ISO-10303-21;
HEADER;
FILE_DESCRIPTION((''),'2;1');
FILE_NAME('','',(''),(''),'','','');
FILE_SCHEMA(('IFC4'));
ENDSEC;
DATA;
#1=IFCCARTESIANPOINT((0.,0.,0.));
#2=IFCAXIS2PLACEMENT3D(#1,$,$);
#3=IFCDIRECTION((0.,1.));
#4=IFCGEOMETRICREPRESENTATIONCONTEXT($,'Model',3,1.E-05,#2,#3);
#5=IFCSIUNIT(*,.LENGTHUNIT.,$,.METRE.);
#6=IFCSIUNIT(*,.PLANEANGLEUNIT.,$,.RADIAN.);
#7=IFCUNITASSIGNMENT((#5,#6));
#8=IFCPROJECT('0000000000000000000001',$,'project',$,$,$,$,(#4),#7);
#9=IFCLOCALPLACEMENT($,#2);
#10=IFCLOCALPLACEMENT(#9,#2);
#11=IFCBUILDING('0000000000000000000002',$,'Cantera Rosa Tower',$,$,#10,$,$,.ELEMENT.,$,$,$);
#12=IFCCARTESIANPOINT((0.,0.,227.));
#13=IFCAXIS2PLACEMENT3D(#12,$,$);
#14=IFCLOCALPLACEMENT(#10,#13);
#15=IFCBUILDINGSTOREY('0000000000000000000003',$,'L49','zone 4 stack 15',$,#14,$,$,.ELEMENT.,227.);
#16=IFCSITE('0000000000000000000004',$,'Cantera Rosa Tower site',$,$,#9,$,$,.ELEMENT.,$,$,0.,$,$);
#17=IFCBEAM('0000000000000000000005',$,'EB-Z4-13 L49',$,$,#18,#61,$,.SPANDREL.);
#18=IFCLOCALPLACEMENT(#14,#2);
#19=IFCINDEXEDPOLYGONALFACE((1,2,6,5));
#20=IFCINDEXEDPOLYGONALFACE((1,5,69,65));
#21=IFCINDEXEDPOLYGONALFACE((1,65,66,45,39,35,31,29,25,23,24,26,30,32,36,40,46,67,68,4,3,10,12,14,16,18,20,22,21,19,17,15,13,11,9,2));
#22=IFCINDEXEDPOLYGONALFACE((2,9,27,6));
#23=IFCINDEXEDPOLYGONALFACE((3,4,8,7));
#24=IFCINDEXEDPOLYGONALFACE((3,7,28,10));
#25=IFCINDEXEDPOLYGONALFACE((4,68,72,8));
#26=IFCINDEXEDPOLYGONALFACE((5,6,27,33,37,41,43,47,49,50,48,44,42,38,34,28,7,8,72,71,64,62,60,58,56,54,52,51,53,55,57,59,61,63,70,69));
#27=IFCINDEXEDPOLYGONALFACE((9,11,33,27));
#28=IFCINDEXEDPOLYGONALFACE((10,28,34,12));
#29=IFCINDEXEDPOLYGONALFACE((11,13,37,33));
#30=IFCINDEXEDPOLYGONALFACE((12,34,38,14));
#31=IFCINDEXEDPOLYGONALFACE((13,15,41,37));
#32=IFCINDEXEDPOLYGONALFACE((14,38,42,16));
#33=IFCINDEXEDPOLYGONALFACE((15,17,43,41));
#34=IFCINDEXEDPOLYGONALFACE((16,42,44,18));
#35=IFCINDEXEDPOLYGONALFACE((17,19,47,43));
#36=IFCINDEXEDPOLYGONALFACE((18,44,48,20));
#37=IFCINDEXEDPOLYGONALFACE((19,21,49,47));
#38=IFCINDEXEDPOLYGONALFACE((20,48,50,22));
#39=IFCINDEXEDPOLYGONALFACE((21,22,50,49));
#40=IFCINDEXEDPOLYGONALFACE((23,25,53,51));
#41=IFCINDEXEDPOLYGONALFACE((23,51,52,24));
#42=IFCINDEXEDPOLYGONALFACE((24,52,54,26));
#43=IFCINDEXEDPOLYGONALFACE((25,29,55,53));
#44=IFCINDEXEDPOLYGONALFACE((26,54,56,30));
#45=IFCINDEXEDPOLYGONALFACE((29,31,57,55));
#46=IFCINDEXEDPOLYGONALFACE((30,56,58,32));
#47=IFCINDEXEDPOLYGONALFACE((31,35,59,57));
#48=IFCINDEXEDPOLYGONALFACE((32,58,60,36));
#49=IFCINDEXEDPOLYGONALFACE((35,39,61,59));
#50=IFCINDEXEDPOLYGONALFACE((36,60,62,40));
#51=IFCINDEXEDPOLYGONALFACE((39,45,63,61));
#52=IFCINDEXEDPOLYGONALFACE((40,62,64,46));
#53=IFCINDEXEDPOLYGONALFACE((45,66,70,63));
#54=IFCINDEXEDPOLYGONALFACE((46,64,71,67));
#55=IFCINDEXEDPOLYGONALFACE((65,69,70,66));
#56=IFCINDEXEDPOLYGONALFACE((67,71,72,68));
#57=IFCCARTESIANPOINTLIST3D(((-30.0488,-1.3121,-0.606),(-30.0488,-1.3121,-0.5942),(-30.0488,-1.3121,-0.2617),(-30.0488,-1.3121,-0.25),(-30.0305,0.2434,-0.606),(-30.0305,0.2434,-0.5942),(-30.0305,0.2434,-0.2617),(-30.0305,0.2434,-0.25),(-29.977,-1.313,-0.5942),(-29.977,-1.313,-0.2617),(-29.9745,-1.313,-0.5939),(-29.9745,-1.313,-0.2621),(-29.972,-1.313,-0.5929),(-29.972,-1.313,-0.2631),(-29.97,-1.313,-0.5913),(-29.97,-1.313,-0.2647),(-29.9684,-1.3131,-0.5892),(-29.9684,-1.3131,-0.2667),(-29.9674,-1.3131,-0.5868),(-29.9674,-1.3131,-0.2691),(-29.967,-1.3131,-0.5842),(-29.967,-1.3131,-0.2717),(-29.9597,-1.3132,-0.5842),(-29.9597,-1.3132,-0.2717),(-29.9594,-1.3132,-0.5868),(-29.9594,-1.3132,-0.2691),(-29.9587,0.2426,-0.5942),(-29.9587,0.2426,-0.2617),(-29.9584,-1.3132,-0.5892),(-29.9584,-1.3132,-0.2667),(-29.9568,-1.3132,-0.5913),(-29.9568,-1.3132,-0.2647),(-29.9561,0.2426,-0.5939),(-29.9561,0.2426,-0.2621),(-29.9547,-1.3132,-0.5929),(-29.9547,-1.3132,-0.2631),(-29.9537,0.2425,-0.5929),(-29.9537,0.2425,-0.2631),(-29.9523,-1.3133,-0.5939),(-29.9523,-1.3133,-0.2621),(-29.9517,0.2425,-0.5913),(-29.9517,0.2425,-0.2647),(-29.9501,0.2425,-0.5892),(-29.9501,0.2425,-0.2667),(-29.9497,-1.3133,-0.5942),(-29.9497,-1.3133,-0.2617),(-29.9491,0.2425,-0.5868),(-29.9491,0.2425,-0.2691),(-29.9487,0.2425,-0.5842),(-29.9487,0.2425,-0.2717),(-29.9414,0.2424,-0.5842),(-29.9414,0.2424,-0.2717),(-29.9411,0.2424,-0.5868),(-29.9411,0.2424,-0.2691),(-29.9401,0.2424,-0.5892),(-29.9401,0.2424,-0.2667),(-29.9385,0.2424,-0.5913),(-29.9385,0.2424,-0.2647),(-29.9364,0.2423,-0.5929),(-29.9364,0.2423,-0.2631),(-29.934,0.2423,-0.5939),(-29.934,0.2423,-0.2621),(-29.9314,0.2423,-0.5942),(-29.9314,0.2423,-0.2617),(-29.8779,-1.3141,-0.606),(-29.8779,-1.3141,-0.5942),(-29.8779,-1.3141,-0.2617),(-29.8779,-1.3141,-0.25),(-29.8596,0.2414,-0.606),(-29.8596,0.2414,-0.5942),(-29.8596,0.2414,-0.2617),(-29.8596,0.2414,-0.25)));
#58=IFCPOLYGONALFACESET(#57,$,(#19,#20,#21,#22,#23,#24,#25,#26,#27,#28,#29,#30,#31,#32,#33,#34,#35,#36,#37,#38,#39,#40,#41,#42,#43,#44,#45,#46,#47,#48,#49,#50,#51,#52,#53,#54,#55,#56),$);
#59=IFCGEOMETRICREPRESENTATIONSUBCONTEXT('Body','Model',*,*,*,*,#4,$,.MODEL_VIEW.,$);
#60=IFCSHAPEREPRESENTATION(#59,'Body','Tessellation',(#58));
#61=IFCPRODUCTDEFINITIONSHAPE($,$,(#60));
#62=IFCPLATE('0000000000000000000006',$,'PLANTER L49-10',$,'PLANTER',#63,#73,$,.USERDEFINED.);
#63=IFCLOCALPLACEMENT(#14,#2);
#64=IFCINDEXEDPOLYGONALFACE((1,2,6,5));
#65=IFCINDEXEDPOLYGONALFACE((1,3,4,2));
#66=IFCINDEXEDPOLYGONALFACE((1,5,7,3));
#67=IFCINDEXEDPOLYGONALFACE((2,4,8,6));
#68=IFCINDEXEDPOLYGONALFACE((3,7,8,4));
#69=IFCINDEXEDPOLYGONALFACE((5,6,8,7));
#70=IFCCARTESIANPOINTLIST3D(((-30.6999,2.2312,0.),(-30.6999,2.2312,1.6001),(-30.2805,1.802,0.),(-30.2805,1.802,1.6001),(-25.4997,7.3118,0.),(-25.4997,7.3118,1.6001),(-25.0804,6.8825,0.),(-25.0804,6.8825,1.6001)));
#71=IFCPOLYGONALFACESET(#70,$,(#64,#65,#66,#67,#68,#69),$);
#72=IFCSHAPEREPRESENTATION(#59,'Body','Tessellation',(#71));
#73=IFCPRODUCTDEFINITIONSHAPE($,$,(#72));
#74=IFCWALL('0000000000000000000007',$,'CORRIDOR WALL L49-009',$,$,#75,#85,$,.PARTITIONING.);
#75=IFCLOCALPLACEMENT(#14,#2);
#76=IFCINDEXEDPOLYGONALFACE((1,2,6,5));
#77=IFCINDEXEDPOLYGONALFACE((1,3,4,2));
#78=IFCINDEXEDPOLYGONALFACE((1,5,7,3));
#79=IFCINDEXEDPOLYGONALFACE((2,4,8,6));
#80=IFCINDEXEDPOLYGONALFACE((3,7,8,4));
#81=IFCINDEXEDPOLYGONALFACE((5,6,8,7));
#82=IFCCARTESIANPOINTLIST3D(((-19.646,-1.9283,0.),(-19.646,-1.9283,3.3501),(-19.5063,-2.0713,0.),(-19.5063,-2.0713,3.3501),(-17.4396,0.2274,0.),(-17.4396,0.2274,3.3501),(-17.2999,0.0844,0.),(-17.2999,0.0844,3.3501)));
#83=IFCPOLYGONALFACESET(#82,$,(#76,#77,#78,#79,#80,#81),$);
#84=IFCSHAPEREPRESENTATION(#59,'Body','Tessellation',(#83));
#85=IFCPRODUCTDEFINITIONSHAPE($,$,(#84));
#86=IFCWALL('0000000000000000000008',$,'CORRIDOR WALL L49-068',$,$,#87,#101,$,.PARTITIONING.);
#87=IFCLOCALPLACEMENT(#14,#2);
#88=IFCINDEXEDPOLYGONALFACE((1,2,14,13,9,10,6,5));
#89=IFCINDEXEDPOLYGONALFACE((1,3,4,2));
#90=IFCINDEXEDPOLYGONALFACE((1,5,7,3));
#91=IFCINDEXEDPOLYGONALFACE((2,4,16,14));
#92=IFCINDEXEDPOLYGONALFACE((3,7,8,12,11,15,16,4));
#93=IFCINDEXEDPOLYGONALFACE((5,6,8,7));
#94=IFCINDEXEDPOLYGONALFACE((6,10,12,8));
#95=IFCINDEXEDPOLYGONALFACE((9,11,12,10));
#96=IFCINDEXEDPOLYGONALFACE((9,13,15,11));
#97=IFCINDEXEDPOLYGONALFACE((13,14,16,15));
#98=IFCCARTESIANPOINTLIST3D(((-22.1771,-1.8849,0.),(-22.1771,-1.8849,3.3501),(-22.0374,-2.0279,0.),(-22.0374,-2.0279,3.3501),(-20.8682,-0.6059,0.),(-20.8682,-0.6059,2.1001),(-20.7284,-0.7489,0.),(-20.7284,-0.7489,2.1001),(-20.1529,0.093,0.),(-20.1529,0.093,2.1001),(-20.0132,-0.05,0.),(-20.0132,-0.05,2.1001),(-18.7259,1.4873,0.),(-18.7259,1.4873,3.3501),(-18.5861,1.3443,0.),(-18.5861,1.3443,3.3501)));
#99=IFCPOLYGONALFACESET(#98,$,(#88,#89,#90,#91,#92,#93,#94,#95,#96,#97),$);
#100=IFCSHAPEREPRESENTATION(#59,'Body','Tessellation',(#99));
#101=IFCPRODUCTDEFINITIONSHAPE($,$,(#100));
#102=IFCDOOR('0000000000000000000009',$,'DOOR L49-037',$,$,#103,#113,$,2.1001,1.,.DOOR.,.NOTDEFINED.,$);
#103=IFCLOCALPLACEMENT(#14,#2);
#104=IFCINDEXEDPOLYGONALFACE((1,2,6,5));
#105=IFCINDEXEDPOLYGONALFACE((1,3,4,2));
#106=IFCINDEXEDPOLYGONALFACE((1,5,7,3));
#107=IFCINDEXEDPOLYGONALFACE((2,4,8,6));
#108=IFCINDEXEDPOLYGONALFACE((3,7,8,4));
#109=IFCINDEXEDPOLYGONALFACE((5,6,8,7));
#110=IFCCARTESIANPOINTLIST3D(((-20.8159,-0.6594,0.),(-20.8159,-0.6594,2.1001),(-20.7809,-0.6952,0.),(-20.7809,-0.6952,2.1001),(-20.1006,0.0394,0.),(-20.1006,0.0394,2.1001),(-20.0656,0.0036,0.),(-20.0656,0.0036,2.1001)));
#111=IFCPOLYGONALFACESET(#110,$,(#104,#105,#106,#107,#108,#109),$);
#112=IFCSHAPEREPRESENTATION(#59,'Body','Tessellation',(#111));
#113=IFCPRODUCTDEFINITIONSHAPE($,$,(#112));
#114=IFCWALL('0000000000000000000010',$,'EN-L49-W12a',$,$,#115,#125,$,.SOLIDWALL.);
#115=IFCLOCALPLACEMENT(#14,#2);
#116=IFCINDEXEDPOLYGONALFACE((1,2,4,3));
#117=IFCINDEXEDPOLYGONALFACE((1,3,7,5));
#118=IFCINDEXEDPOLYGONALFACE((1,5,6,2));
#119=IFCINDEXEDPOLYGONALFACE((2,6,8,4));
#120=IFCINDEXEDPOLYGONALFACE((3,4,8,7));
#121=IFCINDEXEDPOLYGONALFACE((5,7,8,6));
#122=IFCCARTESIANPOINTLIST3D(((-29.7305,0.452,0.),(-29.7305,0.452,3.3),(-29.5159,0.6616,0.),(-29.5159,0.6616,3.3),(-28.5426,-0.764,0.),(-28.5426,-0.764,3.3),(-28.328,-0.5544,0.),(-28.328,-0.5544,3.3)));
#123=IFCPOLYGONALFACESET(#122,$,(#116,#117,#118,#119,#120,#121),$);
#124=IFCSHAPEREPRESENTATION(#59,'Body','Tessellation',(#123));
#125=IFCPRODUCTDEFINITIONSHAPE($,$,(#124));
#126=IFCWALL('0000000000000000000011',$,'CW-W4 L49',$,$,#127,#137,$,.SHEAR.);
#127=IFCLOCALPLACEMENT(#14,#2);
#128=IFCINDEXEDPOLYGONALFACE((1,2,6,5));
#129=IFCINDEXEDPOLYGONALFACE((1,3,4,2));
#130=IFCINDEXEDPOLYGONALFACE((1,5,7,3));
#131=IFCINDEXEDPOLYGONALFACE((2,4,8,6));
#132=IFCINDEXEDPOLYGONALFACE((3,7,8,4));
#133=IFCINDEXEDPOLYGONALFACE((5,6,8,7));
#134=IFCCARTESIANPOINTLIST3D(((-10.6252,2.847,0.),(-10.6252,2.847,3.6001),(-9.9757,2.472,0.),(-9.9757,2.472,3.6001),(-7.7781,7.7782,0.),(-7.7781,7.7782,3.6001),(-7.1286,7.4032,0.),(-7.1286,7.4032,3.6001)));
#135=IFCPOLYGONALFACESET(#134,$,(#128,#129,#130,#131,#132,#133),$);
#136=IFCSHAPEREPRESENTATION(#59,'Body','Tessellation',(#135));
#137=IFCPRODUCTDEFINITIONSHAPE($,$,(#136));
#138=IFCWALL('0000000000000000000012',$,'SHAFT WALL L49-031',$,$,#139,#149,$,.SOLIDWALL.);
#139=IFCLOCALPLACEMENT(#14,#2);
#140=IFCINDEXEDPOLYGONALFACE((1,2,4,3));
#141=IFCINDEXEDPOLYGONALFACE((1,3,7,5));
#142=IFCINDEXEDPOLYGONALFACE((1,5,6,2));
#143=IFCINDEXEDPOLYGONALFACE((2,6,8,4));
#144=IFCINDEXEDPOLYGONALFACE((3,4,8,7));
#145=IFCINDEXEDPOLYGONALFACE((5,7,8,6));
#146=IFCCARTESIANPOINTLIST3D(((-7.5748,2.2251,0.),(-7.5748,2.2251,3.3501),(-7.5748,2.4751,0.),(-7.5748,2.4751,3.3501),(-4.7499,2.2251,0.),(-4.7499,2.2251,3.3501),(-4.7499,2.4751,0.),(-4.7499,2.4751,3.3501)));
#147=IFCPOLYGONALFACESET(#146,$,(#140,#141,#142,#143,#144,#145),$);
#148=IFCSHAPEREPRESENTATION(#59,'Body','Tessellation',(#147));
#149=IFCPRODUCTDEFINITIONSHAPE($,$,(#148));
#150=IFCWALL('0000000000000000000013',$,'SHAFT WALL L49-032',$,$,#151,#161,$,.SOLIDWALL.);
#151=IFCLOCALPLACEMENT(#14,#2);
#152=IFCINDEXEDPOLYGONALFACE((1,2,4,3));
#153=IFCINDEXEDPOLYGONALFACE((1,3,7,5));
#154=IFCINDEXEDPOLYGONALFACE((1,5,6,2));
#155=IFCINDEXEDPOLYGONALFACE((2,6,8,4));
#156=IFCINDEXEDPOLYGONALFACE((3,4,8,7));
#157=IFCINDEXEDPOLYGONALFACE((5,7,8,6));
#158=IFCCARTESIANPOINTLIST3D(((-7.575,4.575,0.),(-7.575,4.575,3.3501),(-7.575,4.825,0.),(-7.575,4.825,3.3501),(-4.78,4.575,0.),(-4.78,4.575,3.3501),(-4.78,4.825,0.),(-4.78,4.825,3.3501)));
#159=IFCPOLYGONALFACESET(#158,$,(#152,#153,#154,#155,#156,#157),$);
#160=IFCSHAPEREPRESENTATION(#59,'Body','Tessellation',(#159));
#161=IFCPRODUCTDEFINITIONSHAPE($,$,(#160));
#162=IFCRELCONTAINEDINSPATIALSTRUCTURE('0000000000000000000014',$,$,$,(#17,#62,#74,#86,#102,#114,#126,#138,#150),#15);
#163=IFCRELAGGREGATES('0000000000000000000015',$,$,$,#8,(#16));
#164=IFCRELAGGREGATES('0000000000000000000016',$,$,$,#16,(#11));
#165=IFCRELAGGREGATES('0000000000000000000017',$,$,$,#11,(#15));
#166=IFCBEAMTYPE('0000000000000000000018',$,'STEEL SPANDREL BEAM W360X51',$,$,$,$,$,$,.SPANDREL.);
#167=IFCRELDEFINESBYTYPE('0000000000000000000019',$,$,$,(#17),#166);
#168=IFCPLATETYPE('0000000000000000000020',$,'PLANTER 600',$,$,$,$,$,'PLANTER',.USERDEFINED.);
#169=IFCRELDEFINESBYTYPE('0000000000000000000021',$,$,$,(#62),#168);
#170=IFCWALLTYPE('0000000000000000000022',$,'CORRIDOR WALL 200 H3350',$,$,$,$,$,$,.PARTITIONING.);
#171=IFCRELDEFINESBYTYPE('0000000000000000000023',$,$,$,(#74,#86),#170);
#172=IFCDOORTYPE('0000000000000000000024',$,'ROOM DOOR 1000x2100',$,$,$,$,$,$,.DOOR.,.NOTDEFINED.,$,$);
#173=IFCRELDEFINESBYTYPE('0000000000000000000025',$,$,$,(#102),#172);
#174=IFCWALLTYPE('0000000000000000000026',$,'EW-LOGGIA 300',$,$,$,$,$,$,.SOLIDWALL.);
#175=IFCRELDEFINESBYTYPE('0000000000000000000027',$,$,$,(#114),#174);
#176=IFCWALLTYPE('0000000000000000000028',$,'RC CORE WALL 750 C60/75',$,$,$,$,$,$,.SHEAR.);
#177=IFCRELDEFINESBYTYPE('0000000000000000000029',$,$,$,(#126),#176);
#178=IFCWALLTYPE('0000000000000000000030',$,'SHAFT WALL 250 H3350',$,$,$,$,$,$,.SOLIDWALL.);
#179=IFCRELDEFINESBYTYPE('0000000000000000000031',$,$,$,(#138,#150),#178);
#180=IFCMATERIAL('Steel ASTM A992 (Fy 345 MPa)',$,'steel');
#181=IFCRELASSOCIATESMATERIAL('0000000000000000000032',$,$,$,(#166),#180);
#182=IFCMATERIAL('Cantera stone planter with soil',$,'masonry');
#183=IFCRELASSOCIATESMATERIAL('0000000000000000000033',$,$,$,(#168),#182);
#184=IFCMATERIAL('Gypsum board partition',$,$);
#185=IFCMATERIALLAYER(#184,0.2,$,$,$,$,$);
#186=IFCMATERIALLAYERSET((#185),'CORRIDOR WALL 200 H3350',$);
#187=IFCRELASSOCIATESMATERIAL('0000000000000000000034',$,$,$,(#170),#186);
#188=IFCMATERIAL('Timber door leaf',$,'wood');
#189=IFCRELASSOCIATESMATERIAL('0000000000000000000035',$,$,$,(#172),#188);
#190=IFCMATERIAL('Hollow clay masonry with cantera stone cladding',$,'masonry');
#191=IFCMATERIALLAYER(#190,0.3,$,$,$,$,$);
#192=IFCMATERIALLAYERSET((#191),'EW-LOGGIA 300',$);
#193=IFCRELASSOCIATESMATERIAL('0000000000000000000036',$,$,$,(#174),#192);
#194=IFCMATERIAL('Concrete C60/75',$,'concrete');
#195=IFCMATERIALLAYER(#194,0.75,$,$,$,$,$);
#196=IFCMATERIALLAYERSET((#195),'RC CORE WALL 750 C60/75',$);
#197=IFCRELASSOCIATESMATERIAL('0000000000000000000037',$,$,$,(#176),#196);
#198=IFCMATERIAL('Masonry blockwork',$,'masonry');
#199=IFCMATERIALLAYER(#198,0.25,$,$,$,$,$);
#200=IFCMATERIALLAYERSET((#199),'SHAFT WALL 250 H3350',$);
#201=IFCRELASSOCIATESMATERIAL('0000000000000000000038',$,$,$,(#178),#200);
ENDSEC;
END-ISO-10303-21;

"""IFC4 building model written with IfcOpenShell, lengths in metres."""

from ifc_helpers import new_model, si_unit, direction, frame, frame_2d, origin, origin_2d, place, context, subcontext, project, spatial, rectangle, i_section, extrude, material, layer, layer_set, material_profile, profile_set, type_object, element, fill, save


model = new_model("IFC4")

# Units and contexts
model_context = context("Model", 3, precision=1e-05, world=origin(), true_north=direction((0.0, 1.0)))
body_context = subcontext(model_context, "Body", "Model", "MODEL_VIEW")
ifc_project = project(units=[si_unit("LENGTHUNIT", "METRE"), si_unit("PLANEANGLEUNIT", "RADIAN")], contexts=[model_context])

# Site, building, storey
site_placement = place(None, origin())
site = spatial("IfcSite", under=ifc_project, at=site_placement, Name="Cantera Rosa Tower site", CompositionType="ELEMENT", RefElevation=0.0)
building_placement = place(site_placement, origin())
building = spatial("IfcBuilding", under=site, at=building_placement, Name="Cantera Rosa Tower", CompositionType="ELEMENT")
storey_placement = place(building_placement, frame((0.0, 0.0, 227.0)))
storey = spatial("IfcBuildingStorey", under=building, at=storey_placement, Name="L49", Description="zone 4 stack 15", CompositionType="ELEMENT", Elevation=227.0)

# Beam
ifc_material_1 = material(Name="Steel ASTM A992 (Fy 345 MPa)", Category="steel")
ifc_material_profile_1 = material_profile(ifc_material_1, i_section(OverallWidth=0.1709, OverallDepth=0.356, WebThickness=0.0073, FlangeThickness=0.0117, FilletRadius=0.01, at=origin_2d()), Name="W360X51")
ifc_profile_set_1 = profile_set([ifc_material_profile_1], Name="Steel ASTM A992 (Fy 345 MPa)")
beam_type_1 = type_object("IfcBeamType", Name="STEEL SPANDREL BEAM W360X51", PredefinedType="SPANDREL", material=ifc_profile_set_1)
beam_1_placement = place(storey_placement, frame((-29.9451, 0.2424, -0.428), z_axis=(-0.011769, -0.999931, 0.0), x_axis=(0.999931, -0.011769, 0.0)))
element("IfcBeam", 1, at=beam_1_placement, inside=storey, type_object=beam_type_1, Name="EB-Z4-13 L49", PredefinedType="SPANDREL", context=body_context, shape_type="SweptSolid", body=[
    extrude(i_section(OverallWidth=0.1709, OverallDepth=0.356, WebThickness=0.0073, FlangeThickness=0.0117, FilletRadius=0.01, at=origin_2d()), origin(), (0.0, 0.0, 1.0), 1.5557),
])

# Plate
ifc_material_2 = material(Name="Cantera stone planter with soil", Category="masonry")
plate_type = type_object("IfcPlateType", Name="PLANTER 600", ElementType="PLANTER", PredefinedType="USERDEFINED", material=ifc_material_2)
plate_placement = place(storey_placement, frame((-27.8901, 4.5569, 0.0), z_axis=(0.0, 0.0, 1.0), x_axis=(-0.715286, -0.698832, 0.0)))
element("IfcPlate", 2, at=plate_placement, inside=storey, type_object=plate_type, Name="PLANTER L49-10", ObjectType="PLANTER", PredefinedType="USERDEFINED", context=body_context, shape_type="SweptSolid", body=[
    extrude(rectangle(XDim=7.27, YDim=0.6001, at=origin_2d()), origin(), (0.0, 0.0, 1.0), 1.6001),
])

# Wall
ifc_material_3 = material(Name="Gypsum board partition")
ifc_layer_1 = layer(ifc_material_3, 0.2)
ifc_layer_set_1 = layer_set([ifc_layer_1], Name="CORRIDOR WALL 200 H3350")
wall_type_1 = type_object("IfcWallType", Name="CORRIDOR WALL 200 H3350", PredefinedType="PARTITIONING", material=ifc_layer_set_1)
wall_1_placement = place(storey_placement, frame((-17.3696, 0.156, 0.0), z_axis=(0.0, 0.0, 1.0), x_axis=(-0.71529, -0.698828, 0.0)))
element("IfcWall", 3, at=wall_1_placement, inside=storey, type_object=wall_type_1, Name="CORRIDOR WALL L49-009", PredefinedType="PARTITIONING", context=body_context, shape_type="SweptSolid", body=[
    extrude(rectangle(XDim=3.0847, YDim=0.2, at=frame_2d((1.5425, 0.0))), origin(), (0.0, 0.0, 1.0), 3.3501),
])

# Wall, opening, door
wall_2_placement = place(storey_placement, frame((-18.656, 1.4158, 0.0), z_axis=(0.0, 0.0, 1.0), x_axis=(-0.715256, -0.698862, 0.0)))
wall_2 = element("IfcWall", 4, at=wall_2_placement, inside=storey, type_object=wall_type_1, Name="CORRIDOR WALL L49-068", PredefinedType="PARTITIONING", context=body_context, shape_type="SweptSolid", body=[
    extrude(rectangle(XDim=4.8252, YDim=0.2, at=frame_2d((2.4126, 0.0))), origin(), (0.0, 0.0, 1.0), 3.3501),
])
opening_1_placement = place(wall_2_placement, frame((1.9951, 0.0, 0.0)))
opening_1 = element("IfcOpeningElement", 5, at=opening_1_placement, cuts=wall_2, PredefinedType="OPENING", context=body_context, shape_type="SweptSolid", body=[
    extrude(rectangle(XDim=1.0, YDim=2.1001, at=frame_2d((0.5, 1.05))), frame((0.0, 0.1099, 0.0), z_axis=(0.0, -1.0, 0.0), x_axis=(1.0, 0.0, 0.0)), (0.0, 0.0, 1.0), 0.22),
])
ifc_material_4 = material(Name="Timber door leaf", Category="wood")
door_type_1 = type_object("IfcDoorType", Name="ROOM DOOR 1000x2100", OperationType="NOTDEFINED", PredefinedType="DOOR", material=ifc_material_4)
door_1_placement = place(opening_1_placement, origin())
door_1 = element("IfcDoor", 6, at=door_1_placement, inside=storey, type_object=door_type_1, Name="DOOR L49-037", OperationType="NOTDEFINED", OverallHeight=2.1001, OverallWidth=1.0, PredefinedType="DOOR", context=body_context, shape_type="SweptSolid", body=[
    extrude(rectangle(XDim=1.0, YDim=2.1001, at=frame_2d((0.5, 1.05))), frame((0.0, 0.0249, 0.0), z_axis=(0.0, -1.0, 0.0), x_axis=(1.0, 0.0, 0.0)), (0.0, 0.0, 1.0), 0.05),
])
fill(opening_1, door_1)

# Walls
ifc_material_5 = material(Name="Hollow clay masonry with cantera stone cladding", Category="masonry")
ifc_layer_2 = layer(ifc_material_5, 0.3)
ifc_layer_set_2 = layer_set([ifc_layer_2], Name="EW-LOGGIA 300")
wall_type_2 = type_object("IfcWallType", Name="EW-LOGGIA 300", PredefinedType="SOLIDWALL", material=ifc_layer_set_2)
wall_3_placement = place(storey_placement, frame((-29.6233, 0.5569, 0.0), z_axis=(0.0, 0.0, 1.0), x_axis=(0.698801, -0.715316, 0.0)))
element("IfcWall", 7, at=wall_3_placement, inside=storey, type_object=wall_type_2, Name="EN-L49-W12a", PredefinedType="SOLIDWALL", context=body_context, shape_type="SweptSolid", body=[
    extrude(rectangle(XDim=1.7, YDim=0.3, at=frame_2d((0.8501, 0.0))), origin(), (0.0, 0.0, 1.0), 3.3),
])
ifc_material_6 = material(Name="Concrete C60/75", Category="concrete")
ifc_layer_3 = layer(ifc_material_6, 0.75)
ifc_layer_set_3 = layer_set([ifc_layer_3], Name="RC CORE WALL 750 C60/75")
wall_type_3 = type_object("IfcWallType", Name="RC CORE WALL 750 C60/75", PredefinedType="SHEAR", material=ifc_layer_set_3)
wall_4_placement = place(storey_placement, frame((-10.3005, 2.6594, 0.0), z_axis=(0.0, 0.0, 1.0), x_axis=(0.500022, 0.866013, 0.0)))
element("IfcWall", 8, at=wall_4_placement, inside=storey, type_object=wall_type_3, Name="CW-W4 L49", PredefinedType="SHEAR", context=body_context, shape_type="SweptSolid", body=[
    extrude(rectangle(XDim=5.6941, YDim=0.75, at=frame_2d((2.8472, 0.0))), origin(), (0.0, 0.0, 1.0), 3.6001),
])
ifc_material_7 = material(Name="Masonry blockwork", Category="masonry")
ifc_layer_4 = layer(ifc_material_7, 0.25)
ifc_layer_set_4 = layer_set([ifc_layer_4], Name="SHAFT WALL 250 H3350")
wall_type_4 = type_object("IfcWallType", Name="SHAFT WALL 250 H3350", PredefinedType="SOLIDWALL", material=ifc_layer_set_4)
wall_5_placement = place(storey_placement, frame((-7.575, 2.3501, 0.0), z_axis=(0.0, 0.0, 1.0), x_axis=(1.0, 0.0, 0.0)))
element("IfcWall", 9, at=wall_5_placement, inside=storey, type_object=wall_type_4, Name="SHAFT WALL L49-031", PredefinedType="SOLIDWALL", context=body_context, shape_type="SweptSolid", body=[
    extrude(rectangle(XDim=2.825, YDim=0.25, at=frame_2d((1.4126, 0.0))), origin(), (0.0, 0.0, 1.0), 3.3501),
])
wall_6_placement = place(storey_placement, frame((-7.575, 4.7, 0.0), z_axis=(0.0, 0.0, 1.0), x_axis=(1.0, 0.0, 0.0)))
element("IfcWall", 10, at=wall_6_placement, inside=storey, type_object=wall_type_4, Name="SHAFT WALL L49-032", PredefinedType="SOLIDWALL", context=body_context, shape_type="SweptSolid", body=[
    extrude(rectangle(XDim=2.7949, YDim=0.25, at=frame_2d((1.3975, 0.0))), origin(), (0.0, 0.0, 1.0), 3.3501),
])

save(model, "model.ifc")
